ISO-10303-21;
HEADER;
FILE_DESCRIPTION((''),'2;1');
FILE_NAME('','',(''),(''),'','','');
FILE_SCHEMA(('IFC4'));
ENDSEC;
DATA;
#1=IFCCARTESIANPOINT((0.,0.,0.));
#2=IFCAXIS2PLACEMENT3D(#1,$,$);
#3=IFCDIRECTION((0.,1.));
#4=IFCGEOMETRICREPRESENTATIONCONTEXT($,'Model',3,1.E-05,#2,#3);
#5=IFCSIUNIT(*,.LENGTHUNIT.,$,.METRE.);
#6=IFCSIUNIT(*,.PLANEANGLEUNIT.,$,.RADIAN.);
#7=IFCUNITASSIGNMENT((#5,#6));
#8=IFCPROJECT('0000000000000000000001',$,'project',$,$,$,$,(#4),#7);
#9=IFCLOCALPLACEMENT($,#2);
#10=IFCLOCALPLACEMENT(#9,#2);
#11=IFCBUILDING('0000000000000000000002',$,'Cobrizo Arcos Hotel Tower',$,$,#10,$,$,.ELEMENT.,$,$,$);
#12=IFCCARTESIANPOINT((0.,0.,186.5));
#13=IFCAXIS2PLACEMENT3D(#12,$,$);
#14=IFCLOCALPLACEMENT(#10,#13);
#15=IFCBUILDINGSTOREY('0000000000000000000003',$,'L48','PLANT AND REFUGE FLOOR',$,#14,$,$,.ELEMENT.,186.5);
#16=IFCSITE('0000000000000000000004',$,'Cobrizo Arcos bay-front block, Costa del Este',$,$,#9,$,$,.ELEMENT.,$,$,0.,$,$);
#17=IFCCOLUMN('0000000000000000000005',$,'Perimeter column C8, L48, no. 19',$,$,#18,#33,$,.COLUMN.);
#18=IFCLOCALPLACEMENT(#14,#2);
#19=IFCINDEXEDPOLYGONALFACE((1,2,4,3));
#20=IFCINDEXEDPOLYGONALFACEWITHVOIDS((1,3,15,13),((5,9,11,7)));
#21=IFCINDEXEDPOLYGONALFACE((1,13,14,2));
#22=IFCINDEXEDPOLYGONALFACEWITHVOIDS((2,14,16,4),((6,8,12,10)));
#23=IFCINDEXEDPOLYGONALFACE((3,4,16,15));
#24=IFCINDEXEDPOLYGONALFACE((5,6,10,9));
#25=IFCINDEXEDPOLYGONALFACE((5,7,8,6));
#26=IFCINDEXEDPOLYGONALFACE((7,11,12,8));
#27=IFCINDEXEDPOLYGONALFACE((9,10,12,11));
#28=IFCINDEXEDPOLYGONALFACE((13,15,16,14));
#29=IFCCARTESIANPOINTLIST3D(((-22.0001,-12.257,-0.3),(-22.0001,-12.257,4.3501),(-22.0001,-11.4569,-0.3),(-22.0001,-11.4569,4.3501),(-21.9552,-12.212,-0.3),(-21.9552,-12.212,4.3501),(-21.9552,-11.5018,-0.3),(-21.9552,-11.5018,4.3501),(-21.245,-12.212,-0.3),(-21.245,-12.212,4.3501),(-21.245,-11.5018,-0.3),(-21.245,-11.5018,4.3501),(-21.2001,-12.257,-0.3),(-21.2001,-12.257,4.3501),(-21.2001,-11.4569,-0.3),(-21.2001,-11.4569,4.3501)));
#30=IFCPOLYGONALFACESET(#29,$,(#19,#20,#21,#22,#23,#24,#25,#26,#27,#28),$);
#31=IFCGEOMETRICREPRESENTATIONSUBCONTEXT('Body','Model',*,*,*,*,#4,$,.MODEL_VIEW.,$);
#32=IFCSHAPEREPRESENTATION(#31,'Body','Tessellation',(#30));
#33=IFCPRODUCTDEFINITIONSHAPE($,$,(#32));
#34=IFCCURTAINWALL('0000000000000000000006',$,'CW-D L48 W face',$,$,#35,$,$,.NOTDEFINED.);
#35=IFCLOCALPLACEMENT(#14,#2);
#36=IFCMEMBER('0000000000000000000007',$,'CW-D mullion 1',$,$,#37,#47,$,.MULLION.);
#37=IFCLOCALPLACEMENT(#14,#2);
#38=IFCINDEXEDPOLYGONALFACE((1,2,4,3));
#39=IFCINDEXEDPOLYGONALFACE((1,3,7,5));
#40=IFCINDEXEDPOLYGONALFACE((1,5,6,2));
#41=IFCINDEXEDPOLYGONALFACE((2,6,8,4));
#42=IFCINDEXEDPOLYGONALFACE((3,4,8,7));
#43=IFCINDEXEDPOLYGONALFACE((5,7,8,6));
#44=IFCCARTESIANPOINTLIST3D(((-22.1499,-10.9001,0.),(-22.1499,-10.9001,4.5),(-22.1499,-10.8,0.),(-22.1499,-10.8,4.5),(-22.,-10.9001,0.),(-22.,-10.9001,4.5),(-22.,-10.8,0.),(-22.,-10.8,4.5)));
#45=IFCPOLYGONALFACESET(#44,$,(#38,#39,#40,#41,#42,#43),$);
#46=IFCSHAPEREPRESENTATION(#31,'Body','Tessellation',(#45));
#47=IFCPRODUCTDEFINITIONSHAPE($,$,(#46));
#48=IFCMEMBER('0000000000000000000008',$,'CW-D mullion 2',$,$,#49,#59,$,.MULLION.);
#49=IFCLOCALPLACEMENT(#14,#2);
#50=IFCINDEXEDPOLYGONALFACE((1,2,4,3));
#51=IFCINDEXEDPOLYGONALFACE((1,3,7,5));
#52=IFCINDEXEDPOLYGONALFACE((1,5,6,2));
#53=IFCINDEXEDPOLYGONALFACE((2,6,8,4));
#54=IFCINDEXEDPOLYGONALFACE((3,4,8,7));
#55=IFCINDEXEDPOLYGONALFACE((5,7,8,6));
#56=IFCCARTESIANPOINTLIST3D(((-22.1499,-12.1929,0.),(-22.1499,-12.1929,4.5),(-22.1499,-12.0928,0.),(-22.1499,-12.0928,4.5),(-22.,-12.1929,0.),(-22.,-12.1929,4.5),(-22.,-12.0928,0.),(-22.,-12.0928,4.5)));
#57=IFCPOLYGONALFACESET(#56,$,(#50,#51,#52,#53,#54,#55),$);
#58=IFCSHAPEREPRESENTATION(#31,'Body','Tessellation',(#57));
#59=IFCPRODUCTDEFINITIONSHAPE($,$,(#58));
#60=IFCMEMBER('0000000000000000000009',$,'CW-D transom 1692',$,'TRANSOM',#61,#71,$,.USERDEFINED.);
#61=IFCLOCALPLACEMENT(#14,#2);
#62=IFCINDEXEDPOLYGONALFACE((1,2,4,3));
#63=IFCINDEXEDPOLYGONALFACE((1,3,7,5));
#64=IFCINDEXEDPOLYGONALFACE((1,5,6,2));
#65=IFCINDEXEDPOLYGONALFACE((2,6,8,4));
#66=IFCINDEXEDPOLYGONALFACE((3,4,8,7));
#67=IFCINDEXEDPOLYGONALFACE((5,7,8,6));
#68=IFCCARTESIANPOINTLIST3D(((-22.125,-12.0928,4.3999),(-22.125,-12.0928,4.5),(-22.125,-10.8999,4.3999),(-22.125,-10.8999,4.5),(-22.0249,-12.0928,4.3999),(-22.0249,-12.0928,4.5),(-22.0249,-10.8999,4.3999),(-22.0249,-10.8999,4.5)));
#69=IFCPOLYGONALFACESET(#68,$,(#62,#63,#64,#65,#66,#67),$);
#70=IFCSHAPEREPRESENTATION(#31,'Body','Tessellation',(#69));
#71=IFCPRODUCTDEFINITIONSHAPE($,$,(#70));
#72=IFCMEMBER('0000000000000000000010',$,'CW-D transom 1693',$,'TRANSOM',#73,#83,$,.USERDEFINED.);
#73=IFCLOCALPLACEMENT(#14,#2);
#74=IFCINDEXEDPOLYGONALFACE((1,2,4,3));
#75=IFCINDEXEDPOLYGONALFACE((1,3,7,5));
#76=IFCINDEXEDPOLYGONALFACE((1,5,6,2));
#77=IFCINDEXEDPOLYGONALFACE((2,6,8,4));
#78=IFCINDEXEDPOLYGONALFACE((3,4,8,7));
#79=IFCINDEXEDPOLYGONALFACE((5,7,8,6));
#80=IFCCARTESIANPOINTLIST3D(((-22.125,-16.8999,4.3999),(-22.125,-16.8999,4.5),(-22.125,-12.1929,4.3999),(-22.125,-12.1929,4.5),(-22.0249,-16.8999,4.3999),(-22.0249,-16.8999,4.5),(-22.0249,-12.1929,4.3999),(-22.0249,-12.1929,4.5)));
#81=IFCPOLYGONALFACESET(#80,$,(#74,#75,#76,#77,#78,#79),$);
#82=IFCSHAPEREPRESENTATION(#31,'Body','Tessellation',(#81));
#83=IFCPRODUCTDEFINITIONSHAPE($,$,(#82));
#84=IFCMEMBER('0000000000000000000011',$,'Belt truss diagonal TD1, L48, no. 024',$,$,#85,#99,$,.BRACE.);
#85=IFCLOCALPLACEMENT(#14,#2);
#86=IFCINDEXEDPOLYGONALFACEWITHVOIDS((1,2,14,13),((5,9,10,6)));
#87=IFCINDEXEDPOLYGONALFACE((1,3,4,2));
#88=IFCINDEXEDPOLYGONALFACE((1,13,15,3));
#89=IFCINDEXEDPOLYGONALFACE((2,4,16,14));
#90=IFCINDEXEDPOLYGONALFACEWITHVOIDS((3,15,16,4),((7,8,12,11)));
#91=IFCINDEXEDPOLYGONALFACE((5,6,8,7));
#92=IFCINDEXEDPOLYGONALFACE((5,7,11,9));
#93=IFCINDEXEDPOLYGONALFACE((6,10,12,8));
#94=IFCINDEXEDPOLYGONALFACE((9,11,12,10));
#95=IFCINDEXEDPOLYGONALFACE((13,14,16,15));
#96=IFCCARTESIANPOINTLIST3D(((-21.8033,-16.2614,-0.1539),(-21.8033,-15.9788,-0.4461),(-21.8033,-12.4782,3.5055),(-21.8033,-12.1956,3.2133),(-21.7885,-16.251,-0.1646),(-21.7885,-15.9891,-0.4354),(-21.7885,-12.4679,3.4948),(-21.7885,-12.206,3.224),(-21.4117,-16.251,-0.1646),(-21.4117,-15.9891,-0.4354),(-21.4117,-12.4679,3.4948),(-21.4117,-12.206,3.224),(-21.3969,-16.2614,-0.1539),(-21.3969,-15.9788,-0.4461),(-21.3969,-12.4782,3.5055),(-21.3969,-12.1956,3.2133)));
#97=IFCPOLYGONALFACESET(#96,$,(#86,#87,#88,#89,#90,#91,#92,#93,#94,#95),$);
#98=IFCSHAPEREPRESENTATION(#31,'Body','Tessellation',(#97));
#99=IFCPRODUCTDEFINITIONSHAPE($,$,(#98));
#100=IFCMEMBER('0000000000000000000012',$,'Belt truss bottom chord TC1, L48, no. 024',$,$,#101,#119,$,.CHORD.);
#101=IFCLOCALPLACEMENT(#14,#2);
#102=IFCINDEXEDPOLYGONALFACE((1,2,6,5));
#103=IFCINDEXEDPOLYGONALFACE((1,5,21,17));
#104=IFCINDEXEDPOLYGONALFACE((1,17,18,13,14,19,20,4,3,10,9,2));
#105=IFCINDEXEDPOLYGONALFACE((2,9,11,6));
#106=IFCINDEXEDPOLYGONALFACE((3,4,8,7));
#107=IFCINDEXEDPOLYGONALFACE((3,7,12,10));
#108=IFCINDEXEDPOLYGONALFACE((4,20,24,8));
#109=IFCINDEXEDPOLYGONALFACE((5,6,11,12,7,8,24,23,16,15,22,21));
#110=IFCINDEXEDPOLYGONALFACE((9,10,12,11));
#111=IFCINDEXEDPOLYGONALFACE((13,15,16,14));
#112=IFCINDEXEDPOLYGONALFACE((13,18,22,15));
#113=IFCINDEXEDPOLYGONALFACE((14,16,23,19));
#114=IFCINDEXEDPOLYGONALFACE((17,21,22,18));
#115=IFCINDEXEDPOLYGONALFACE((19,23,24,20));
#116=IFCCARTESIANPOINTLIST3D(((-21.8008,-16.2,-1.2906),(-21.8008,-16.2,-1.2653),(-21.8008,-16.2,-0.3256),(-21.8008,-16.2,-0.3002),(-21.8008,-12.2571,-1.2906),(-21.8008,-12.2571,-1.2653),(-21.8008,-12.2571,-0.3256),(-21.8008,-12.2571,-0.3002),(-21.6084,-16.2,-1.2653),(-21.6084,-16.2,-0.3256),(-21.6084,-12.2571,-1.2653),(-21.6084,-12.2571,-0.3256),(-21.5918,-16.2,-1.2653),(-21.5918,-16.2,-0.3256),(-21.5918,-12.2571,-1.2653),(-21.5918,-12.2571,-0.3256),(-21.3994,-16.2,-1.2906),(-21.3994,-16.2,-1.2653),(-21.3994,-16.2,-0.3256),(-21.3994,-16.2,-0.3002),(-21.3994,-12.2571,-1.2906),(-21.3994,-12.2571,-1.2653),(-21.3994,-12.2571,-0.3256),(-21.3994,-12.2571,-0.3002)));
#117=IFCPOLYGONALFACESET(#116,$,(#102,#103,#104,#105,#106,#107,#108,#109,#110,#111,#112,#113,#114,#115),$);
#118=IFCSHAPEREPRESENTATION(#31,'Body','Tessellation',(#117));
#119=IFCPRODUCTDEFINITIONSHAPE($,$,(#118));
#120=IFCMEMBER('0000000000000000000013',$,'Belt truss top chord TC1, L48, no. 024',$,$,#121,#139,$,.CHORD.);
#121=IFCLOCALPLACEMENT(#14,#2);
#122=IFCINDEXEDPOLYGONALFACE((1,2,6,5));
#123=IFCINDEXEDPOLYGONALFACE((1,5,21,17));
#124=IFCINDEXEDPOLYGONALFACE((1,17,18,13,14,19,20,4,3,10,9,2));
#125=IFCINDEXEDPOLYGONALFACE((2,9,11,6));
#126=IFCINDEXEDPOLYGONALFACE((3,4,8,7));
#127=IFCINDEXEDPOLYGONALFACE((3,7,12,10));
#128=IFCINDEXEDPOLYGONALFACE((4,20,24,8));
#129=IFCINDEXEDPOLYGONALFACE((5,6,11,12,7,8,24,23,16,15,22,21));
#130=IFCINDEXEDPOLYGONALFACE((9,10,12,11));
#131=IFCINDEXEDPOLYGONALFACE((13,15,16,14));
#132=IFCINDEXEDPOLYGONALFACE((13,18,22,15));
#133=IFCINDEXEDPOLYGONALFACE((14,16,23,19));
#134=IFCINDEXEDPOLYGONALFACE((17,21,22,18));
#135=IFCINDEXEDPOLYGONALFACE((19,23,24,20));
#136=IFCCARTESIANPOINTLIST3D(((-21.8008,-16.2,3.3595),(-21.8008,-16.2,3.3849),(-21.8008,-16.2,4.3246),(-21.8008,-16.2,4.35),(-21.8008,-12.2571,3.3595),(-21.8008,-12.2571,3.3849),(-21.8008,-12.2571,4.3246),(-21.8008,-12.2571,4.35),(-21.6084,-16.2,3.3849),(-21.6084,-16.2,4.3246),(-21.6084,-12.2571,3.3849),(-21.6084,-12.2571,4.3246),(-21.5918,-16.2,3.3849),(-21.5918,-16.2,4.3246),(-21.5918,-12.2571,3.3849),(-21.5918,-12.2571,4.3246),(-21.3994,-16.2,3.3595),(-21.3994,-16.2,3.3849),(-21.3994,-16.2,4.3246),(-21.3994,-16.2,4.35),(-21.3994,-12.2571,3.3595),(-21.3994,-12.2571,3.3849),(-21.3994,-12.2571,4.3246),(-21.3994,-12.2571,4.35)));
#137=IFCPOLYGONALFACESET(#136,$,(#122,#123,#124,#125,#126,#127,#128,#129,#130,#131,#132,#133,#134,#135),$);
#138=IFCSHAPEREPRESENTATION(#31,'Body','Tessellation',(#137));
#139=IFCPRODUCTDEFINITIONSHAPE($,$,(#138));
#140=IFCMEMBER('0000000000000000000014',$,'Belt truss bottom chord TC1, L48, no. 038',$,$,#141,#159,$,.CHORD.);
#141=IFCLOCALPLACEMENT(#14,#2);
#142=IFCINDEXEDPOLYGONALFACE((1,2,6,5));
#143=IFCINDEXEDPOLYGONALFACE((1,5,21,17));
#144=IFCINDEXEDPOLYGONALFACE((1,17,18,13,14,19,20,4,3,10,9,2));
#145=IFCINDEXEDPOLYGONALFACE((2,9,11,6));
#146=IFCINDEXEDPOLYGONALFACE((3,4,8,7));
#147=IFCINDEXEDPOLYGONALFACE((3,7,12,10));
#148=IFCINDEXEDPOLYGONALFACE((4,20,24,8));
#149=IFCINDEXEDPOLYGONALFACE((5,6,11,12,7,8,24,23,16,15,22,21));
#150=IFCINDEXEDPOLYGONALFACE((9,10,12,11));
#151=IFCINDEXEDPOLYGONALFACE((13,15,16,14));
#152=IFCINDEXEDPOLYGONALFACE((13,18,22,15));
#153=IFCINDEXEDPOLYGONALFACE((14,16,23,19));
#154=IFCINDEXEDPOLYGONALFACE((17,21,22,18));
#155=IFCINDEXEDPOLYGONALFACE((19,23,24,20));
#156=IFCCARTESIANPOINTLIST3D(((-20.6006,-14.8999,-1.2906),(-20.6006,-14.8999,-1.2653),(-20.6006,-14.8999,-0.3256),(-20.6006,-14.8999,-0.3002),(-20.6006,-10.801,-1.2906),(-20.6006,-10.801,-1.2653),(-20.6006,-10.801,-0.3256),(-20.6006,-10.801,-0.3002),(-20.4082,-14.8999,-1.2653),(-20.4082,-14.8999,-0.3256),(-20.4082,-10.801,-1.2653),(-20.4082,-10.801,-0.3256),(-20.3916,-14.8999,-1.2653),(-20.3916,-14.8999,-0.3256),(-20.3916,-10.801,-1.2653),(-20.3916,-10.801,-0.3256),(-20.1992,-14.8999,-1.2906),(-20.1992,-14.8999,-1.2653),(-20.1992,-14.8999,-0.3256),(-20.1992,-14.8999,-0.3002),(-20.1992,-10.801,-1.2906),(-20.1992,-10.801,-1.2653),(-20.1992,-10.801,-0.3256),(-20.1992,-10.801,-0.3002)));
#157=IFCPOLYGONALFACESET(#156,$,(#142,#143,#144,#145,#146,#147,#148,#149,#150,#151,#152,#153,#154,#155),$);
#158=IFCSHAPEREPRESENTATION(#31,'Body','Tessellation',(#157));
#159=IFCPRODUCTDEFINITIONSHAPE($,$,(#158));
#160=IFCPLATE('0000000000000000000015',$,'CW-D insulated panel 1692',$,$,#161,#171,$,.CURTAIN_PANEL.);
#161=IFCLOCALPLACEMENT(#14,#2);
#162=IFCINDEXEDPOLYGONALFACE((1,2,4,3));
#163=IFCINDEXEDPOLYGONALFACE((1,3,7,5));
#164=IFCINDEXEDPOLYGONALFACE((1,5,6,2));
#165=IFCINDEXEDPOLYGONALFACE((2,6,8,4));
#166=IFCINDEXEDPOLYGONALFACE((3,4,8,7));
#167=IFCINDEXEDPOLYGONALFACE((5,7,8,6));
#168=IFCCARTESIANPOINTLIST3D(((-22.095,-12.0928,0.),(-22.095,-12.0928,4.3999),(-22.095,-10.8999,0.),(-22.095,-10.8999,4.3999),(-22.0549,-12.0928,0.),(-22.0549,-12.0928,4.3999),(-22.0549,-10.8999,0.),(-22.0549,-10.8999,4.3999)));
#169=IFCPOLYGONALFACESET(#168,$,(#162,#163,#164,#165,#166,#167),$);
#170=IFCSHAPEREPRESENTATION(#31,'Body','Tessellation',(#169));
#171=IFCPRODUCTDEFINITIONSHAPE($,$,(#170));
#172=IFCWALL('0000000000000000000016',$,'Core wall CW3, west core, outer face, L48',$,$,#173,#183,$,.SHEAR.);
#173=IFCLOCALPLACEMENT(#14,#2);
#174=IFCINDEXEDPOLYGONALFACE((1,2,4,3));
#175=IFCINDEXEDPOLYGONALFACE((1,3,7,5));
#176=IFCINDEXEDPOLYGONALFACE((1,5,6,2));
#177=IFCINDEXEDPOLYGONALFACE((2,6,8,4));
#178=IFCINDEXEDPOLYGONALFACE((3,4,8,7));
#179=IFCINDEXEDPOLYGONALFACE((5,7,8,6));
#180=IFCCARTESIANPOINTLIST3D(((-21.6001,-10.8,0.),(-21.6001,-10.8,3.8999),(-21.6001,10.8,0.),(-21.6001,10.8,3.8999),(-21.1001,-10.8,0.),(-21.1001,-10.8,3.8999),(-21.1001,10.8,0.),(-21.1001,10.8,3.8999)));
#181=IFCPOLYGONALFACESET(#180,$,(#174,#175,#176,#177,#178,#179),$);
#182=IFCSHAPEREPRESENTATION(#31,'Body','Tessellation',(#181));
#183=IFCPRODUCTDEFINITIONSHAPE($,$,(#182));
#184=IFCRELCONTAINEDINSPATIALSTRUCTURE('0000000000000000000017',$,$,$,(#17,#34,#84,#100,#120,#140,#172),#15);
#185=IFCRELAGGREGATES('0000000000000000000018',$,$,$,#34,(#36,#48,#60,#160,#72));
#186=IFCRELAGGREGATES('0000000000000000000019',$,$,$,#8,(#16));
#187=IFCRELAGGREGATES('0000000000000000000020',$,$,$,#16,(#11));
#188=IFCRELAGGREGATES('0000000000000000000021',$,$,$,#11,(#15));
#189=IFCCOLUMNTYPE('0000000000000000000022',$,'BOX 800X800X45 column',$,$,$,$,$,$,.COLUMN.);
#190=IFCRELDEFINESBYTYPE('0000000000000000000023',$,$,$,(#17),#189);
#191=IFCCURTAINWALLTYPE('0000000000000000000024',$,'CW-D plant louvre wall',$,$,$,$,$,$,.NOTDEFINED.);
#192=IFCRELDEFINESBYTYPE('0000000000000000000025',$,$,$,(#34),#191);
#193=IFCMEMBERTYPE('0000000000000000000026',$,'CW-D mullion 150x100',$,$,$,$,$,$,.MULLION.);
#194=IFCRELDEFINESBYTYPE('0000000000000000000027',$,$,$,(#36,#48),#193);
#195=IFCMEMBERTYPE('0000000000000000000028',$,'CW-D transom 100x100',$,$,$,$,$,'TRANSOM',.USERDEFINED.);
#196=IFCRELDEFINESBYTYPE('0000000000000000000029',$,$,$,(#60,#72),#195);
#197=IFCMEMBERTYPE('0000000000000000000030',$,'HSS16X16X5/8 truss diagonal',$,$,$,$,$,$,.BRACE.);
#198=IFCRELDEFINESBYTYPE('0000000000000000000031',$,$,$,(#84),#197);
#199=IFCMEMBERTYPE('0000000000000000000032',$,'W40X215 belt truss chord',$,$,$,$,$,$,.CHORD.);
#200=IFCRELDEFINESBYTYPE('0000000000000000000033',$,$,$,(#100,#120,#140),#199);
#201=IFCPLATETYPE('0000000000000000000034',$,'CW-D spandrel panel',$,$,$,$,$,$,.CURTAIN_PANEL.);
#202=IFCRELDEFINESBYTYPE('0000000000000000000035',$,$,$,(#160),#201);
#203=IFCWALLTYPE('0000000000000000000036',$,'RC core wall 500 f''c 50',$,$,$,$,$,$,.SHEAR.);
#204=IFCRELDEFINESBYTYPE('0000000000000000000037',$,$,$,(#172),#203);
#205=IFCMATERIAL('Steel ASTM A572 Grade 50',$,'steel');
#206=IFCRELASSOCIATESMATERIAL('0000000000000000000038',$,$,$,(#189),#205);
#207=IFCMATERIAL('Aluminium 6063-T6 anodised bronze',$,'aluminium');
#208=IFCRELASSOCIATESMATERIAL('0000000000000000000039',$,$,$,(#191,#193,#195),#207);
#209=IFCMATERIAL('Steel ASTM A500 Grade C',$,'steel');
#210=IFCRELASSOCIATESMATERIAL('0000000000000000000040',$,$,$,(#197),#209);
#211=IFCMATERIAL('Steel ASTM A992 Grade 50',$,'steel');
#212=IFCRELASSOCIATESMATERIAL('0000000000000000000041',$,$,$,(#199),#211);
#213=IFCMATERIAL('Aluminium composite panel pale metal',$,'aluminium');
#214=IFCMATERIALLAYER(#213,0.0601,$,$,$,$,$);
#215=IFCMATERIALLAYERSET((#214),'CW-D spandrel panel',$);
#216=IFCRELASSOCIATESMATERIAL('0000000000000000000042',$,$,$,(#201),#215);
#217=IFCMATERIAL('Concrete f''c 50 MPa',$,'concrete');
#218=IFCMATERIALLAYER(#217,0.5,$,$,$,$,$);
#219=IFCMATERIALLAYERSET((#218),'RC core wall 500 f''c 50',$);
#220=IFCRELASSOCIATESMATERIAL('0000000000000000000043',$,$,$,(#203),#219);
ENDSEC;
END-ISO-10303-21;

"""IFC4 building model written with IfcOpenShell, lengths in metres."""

from ifc_helpers import new_model, si_unit, direction, frame, frame_2d, origin, origin_2d, place, context, subcontext, project, spatial, rectangle, hollow_rectangle, i_section, extrude, material, layer, layer_set, material_profile, profile_set, type_object, element, aggregate, save


model = new_model("IFC4")

# Units and contexts
model_context = context("Model", 3, precision=1e-05, world=origin(), true_north=direction((0.0, 1.0)))
body_context = subcontext(model_context, "Body", "Model", "MODEL_VIEW")
ifc_project = project(units=[si_unit("LENGTHUNIT", "METRE"), si_unit("PLANEANGLEUNIT", "RADIAN")], contexts=[model_context])

# Site, building, storey
site_placement = place(None, origin())
site = spatial("IfcSite", under=ifc_project, at=site_placement, Name="Cobrizo Arcos bay-front block, Costa del Este", CompositionType="ELEMENT", RefElevation=0.0)
building_placement = place(site_placement, origin())
building = spatial("IfcBuilding", under=site, at=building_placement, Name="Cobrizo Arcos Hotel Tower", CompositionType="ELEMENT")
storey_placement = place(building_placement, frame((0.0, 0.0, 186.5)))
storey = spatial("IfcBuildingStorey", under=building, at=storey_placement, Name="L48", Description="PLANT AND REFUGE FLOOR", CompositionType="ELEMENT", Elevation=186.5)

# Column
ifc_material_1 = material(Name="Steel ASTM A572 Grade 50", Category="steel")
ifc_material_profile_1 = material_profile(ifc_material_1, hollow_rectangle(XDim=0.8, YDim=0.8, WallThickness=0.0449, at=origin_2d()), Name="BOX 800X800X45")
ifc_profile_set_1 = profile_set([ifc_material_profile_1], Name="Steel ASTM A572 Grade 50")
column_type = type_object("IfcColumnType", Name="BOX 800X800X45 column", PredefinedType="COLUMN", material=ifc_profile_set_1)
column_placement = place(storey_placement, frame((-21.6001, -11.8569, -0.3), z_axis=(0.0, 0.0, 1.0), x_axis=(1.0, 0.0, 0.0)))
element("IfcColumn", 1, at=column_placement, inside=storey, type_object=column_type, Name="Perimeter column C8, L48, no. 19", PredefinedType="COLUMN", context=body_context, shape_type="SweptSolid", body=[
    extrude(hollow_rectangle(XDim=0.8, YDim=0.8, WallThickness=0.0449, at=origin_2d()), origin(), (0.0, 0.0, 1.0), 4.6501),
])

# Curtain wall, members
ifc_material_2 = material(Name="Aluminium 6063-T6 anodised bronze", Category="aluminium")
curtain_wall_type = type_object("IfcCurtainWallType", Name="CW-D plant louvre wall", PredefinedType="NOTDEFINED", material=ifc_material_2)
curtain_wall_placement = place(storey_placement, origin())
curtain_wall = element("IfcCurtainWall", 2, at=curtain_wall_placement, inside=storey, type_object=curtain_wall_type, Name="CW-D L48 W face", PredefinedType="NOTDEFINED")
ifc_material_profile_2 = material_profile(ifc_material_2, rectangle(XDim=0.1499, YDim=0.1001, at=origin_2d()), Name="CW-D mullion 150x100")
ifc_profile_set_2 = profile_set([ifc_material_profile_2], Name="Aluminium 6063-T6 anodised bronze")
member_type_1 = type_object("IfcMemberType", Name="CW-D mullion 150x100", PredefinedType="MULLION", material=ifc_profile_set_2)
member_1_placement = place(storey_placement, frame((-22.075, -10.8501, 0.0), z_axis=(0.0, 0.0, 1.0), x_axis=(-1.0, 0.0, 0.0)))
member_1 = element("IfcMember", 3, at=member_1_placement, type_object=member_type_1, Name="CW-D mullion 1", PredefinedType="MULLION", context=body_context, shape_type="SweptSolid", body=[
    extrude(rectangle(XDim=0.1499, YDim=0.1001, at=origin_2d()), origin(), (0.0, 0.0, 1.0), 4.5),
])
member_2_placement = place(storey_placement, frame((-22.075, -12.1428, 0.0), z_axis=(0.0, 0.0, 1.0), x_axis=(-1.0, 0.0, 0.0)))
member_2 = element("IfcMember", 4, at=member_2_placement, type_object=member_type_1, Name="CW-D mullion 2", PredefinedType="MULLION", context=body_context, shape_type="SweptSolid", body=[
    extrude(rectangle(XDim=0.1499, YDim=0.1001, at=origin_2d()), origin(), (0.0, 0.0, 1.0), 4.5),
])
ifc_material_profile_3 = material_profile(ifc_material_2, rectangle(XDim=0.1001, YDim=0.1001, at=origin_2d()), Name="CW-D transom 100x100")
ifc_profile_set_3 = profile_set([ifc_material_profile_3], Name="Aluminium 6063-T6 anodised bronze")
member_type_2 = type_object("IfcMemberType", Name="CW-D transom 100x100", ElementType="TRANSOM", PredefinedType="USERDEFINED", material=ifc_profile_set_3)
member_3_placement = place(storey_placement, frame((-22.075, -10.8999, 4.45), z_axis=(0.0, -1.0, 0.0), x_axis=(1.0, 0.0, 0.0)))
member_3 = element("IfcMember", 5, at=member_3_placement, type_object=member_type_2, Name="CW-D transom 1692", ObjectType="TRANSOM", PredefinedType="USERDEFINED", context=body_context, shape_type="SweptSolid", body=[
    extrude(rectangle(XDim=0.1001, YDim=0.1001, at=origin_2d()), origin(), (0.0, 0.0, 1.0), 1.1929),
])
member_4_placement = place(storey_placement, frame((-22.075, -12.1929, 4.45), z_axis=(0.0, -1.0, 0.0), x_axis=(1.0, 0.0, 0.0)))
member_4 = element("IfcMember", 6, at=member_4_placement, type_object=member_type_2, Name="CW-D transom 1693", ObjectType="TRANSOM", PredefinedType="USERDEFINED", context=body_context, shape_type="SweptSolid", body=[
    extrude(rectangle(XDim=0.1001, YDim=0.1001, at=origin_2d()), origin(), (0.0, 0.0, 1.0), 4.707),
])

# Members
ifc_material_3 = material(Name="Steel ASTM A500 Grade C", Category="steel")
ifc_material_profile_4 = material_profile(ifc_material_3, hollow_rectangle(XDim=0.4065, YDim=0.4065, WallThickness=0.0149, at=origin_2d()), Name="HSS16X16X5/8")
ifc_profile_set_4 = profile_set([ifc_material_profile_4], Name="Steel ASTM A500 Grade C")
member_type_3 = type_object("IfcMemberType", Name="HSS16X16X5/8 truss diagonal", PredefinedType="BRACE", material=ifc_profile_set_4)
member_5_placement = place(storey_placement, frame((-21.6001, -12.3369, 3.3594), z_axis=(0.0, -0.718767, -0.695251), x_axis=(1.0, 0.0, 0.0)))
element("IfcMember", 7, at=member_5_placement, inside=storey, type_object=member_type_3, Name="Belt truss diagonal TD1, L48, no. 024", PredefinedType="BRACE", context=body_context, shape_type="SweptSolid", body=[
    extrude(hollow_rectangle(XDim=0.4065, YDim=0.4065, WallThickness=0.0149, at=origin_2d()), origin(), (0.0, 0.0, 1.0), 5.2634),
])
ifc_material_4 = material(Name="Steel ASTM A992 Grade 50", Category="steel")
ifc_material_profile_5 = material_profile(ifc_material_4, i_section(OverallWidth=0.4014, OverallDepth=0.9905, WebThickness=0.0166, FlangeThickness=0.0254, at=origin_2d()), Name="W40X215")
ifc_profile_set_5 = profile_set([ifc_material_profile_5], Name="Steel ASTM A992 Grade 50")
member_type_4 = type_object("IfcMemberType", Name="W40X215 belt truss chord", PredefinedType="CHORD", material=ifc_profile_set_5)
for number, where, z_axis, x_axis, name in (
    (8, (-21.6001, -12.2571, -0.7954), (0.0, -1.0, 0.0), (1.0, 0.0, 0.0), "Belt truss bottom chord TC1, L48, no. 024"),
    (9, (-21.6001, -12.2571, 3.8547), (0.0, -1.0, 0.0), (1.0, 0.0, 0.0), "Belt truss top chord TC1, L48, no. 024"),
):
    element("IfcMember", number, at=place(storey_placement, frame(where, z_axis=z_axis, x_axis=x_axis)), inside=storey, type_object=member_type_4, Name=name, PredefinedType="CHORD", context=body_context, shape_type="SweptSolid", body=[
        extrude(i_section(OverallWidth=0.4014, OverallDepth=0.9905, WebThickness=0.0166, FlangeThickness=0.0254, at=origin_2d()), origin(), (0.0, 0.0, 1.0), 3.9429),
    ])
member_6_placement = place(storey_placement, frame((-20.3999, -10.801, -0.7954), z_axis=(0.0, -1.0, 0.0), x_axis=(1.0, 0.0, 0.0)))
element("IfcMember", 10, at=member_6_placement, inside=storey, type_object=member_type_4, Name="Belt truss bottom chord TC1, L48, no. 038", PredefinedType="CHORD", context=body_context, shape_type="SweptSolid", body=[
    extrude(i_section(OverallWidth=0.4014, OverallDepth=0.9905, WebThickness=0.0166, FlangeThickness=0.0254, at=origin_2d()), origin(), (0.0, 0.0, 1.0), 4.0989),
])

# Plate
ifc_material_5 = material(Name="Aluminium composite panel pale metal", Category="aluminium")
ifc_layer_1 = layer(ifc_material_5, 0.0601)
ifc_layer_set_1 = layer_set([ifc_layer_1], Name="CW-D spandrel panel")
plate_type = type_object("IfcPlateType", Name="CW-D spandrel panel", PredefinedType="CURTAIN_PANEL", material=ifc_layer_set_1)
plate_placement = place(storey_placement, frame((-22.075, -11.4963, 0.0), z_axis=(0.0, 0.0, 1.0), x_axis=(0.0, -1.0, 0.0)))
plate = element("IfcPlate", 11, at=plate_placement, type_object=plate_type, Name="CW-D insulated panel 1692", PredefinedType="CURTAIN_PANEL", context=body_context, shape_type="SweptSolid", body=[
    extrude(rectangle(XDim=1.1929, YDim=0.04, at=origin_2d()), origin(), (0.0, 0.0, 1.0), 4.3999),
])
aggregate(curtain_wall, [member_1, member_2, member_3, plate, member_4])

# Wall
ifc_material_6 = material(Name="Concrete f'c 50 MPa", Category="concrete")
ifc_layer_2 = layer(ifc_material_6, 0.5)
ifc_layer_set_2 = layer_set([ifc_layer_2], Name="RC core wall 500 f'c 50")
wall_type = type_object("IfcWallType", Name="RC core wall 500 f'c 50", PredefinedType="SHEAR", material=ifc_layer_set_2)
wall_placement = place(storey_placement, frame((-21.3501, -10.8, 0.0), z_axis=(0.0, 0.0, 1.0), x_axis=(0.0, 1.0, 0.0)))
element("IfcWall", 12, at=wall_placement, inside=storey, type_object=wall_type, Name="Core wall CW3, west core, outer face, L48", PredefinedType="SHEAR", context=body_context, shape_type="SweptSolid", body=[
    extrude(rectangle(XDim=21.6001, YDim=0.5, at=frame_2d((10.8, 0.0))), origin(), (0.0, 0.0, 1.0), 3.8999),
])

save(model, "model.ifc")
